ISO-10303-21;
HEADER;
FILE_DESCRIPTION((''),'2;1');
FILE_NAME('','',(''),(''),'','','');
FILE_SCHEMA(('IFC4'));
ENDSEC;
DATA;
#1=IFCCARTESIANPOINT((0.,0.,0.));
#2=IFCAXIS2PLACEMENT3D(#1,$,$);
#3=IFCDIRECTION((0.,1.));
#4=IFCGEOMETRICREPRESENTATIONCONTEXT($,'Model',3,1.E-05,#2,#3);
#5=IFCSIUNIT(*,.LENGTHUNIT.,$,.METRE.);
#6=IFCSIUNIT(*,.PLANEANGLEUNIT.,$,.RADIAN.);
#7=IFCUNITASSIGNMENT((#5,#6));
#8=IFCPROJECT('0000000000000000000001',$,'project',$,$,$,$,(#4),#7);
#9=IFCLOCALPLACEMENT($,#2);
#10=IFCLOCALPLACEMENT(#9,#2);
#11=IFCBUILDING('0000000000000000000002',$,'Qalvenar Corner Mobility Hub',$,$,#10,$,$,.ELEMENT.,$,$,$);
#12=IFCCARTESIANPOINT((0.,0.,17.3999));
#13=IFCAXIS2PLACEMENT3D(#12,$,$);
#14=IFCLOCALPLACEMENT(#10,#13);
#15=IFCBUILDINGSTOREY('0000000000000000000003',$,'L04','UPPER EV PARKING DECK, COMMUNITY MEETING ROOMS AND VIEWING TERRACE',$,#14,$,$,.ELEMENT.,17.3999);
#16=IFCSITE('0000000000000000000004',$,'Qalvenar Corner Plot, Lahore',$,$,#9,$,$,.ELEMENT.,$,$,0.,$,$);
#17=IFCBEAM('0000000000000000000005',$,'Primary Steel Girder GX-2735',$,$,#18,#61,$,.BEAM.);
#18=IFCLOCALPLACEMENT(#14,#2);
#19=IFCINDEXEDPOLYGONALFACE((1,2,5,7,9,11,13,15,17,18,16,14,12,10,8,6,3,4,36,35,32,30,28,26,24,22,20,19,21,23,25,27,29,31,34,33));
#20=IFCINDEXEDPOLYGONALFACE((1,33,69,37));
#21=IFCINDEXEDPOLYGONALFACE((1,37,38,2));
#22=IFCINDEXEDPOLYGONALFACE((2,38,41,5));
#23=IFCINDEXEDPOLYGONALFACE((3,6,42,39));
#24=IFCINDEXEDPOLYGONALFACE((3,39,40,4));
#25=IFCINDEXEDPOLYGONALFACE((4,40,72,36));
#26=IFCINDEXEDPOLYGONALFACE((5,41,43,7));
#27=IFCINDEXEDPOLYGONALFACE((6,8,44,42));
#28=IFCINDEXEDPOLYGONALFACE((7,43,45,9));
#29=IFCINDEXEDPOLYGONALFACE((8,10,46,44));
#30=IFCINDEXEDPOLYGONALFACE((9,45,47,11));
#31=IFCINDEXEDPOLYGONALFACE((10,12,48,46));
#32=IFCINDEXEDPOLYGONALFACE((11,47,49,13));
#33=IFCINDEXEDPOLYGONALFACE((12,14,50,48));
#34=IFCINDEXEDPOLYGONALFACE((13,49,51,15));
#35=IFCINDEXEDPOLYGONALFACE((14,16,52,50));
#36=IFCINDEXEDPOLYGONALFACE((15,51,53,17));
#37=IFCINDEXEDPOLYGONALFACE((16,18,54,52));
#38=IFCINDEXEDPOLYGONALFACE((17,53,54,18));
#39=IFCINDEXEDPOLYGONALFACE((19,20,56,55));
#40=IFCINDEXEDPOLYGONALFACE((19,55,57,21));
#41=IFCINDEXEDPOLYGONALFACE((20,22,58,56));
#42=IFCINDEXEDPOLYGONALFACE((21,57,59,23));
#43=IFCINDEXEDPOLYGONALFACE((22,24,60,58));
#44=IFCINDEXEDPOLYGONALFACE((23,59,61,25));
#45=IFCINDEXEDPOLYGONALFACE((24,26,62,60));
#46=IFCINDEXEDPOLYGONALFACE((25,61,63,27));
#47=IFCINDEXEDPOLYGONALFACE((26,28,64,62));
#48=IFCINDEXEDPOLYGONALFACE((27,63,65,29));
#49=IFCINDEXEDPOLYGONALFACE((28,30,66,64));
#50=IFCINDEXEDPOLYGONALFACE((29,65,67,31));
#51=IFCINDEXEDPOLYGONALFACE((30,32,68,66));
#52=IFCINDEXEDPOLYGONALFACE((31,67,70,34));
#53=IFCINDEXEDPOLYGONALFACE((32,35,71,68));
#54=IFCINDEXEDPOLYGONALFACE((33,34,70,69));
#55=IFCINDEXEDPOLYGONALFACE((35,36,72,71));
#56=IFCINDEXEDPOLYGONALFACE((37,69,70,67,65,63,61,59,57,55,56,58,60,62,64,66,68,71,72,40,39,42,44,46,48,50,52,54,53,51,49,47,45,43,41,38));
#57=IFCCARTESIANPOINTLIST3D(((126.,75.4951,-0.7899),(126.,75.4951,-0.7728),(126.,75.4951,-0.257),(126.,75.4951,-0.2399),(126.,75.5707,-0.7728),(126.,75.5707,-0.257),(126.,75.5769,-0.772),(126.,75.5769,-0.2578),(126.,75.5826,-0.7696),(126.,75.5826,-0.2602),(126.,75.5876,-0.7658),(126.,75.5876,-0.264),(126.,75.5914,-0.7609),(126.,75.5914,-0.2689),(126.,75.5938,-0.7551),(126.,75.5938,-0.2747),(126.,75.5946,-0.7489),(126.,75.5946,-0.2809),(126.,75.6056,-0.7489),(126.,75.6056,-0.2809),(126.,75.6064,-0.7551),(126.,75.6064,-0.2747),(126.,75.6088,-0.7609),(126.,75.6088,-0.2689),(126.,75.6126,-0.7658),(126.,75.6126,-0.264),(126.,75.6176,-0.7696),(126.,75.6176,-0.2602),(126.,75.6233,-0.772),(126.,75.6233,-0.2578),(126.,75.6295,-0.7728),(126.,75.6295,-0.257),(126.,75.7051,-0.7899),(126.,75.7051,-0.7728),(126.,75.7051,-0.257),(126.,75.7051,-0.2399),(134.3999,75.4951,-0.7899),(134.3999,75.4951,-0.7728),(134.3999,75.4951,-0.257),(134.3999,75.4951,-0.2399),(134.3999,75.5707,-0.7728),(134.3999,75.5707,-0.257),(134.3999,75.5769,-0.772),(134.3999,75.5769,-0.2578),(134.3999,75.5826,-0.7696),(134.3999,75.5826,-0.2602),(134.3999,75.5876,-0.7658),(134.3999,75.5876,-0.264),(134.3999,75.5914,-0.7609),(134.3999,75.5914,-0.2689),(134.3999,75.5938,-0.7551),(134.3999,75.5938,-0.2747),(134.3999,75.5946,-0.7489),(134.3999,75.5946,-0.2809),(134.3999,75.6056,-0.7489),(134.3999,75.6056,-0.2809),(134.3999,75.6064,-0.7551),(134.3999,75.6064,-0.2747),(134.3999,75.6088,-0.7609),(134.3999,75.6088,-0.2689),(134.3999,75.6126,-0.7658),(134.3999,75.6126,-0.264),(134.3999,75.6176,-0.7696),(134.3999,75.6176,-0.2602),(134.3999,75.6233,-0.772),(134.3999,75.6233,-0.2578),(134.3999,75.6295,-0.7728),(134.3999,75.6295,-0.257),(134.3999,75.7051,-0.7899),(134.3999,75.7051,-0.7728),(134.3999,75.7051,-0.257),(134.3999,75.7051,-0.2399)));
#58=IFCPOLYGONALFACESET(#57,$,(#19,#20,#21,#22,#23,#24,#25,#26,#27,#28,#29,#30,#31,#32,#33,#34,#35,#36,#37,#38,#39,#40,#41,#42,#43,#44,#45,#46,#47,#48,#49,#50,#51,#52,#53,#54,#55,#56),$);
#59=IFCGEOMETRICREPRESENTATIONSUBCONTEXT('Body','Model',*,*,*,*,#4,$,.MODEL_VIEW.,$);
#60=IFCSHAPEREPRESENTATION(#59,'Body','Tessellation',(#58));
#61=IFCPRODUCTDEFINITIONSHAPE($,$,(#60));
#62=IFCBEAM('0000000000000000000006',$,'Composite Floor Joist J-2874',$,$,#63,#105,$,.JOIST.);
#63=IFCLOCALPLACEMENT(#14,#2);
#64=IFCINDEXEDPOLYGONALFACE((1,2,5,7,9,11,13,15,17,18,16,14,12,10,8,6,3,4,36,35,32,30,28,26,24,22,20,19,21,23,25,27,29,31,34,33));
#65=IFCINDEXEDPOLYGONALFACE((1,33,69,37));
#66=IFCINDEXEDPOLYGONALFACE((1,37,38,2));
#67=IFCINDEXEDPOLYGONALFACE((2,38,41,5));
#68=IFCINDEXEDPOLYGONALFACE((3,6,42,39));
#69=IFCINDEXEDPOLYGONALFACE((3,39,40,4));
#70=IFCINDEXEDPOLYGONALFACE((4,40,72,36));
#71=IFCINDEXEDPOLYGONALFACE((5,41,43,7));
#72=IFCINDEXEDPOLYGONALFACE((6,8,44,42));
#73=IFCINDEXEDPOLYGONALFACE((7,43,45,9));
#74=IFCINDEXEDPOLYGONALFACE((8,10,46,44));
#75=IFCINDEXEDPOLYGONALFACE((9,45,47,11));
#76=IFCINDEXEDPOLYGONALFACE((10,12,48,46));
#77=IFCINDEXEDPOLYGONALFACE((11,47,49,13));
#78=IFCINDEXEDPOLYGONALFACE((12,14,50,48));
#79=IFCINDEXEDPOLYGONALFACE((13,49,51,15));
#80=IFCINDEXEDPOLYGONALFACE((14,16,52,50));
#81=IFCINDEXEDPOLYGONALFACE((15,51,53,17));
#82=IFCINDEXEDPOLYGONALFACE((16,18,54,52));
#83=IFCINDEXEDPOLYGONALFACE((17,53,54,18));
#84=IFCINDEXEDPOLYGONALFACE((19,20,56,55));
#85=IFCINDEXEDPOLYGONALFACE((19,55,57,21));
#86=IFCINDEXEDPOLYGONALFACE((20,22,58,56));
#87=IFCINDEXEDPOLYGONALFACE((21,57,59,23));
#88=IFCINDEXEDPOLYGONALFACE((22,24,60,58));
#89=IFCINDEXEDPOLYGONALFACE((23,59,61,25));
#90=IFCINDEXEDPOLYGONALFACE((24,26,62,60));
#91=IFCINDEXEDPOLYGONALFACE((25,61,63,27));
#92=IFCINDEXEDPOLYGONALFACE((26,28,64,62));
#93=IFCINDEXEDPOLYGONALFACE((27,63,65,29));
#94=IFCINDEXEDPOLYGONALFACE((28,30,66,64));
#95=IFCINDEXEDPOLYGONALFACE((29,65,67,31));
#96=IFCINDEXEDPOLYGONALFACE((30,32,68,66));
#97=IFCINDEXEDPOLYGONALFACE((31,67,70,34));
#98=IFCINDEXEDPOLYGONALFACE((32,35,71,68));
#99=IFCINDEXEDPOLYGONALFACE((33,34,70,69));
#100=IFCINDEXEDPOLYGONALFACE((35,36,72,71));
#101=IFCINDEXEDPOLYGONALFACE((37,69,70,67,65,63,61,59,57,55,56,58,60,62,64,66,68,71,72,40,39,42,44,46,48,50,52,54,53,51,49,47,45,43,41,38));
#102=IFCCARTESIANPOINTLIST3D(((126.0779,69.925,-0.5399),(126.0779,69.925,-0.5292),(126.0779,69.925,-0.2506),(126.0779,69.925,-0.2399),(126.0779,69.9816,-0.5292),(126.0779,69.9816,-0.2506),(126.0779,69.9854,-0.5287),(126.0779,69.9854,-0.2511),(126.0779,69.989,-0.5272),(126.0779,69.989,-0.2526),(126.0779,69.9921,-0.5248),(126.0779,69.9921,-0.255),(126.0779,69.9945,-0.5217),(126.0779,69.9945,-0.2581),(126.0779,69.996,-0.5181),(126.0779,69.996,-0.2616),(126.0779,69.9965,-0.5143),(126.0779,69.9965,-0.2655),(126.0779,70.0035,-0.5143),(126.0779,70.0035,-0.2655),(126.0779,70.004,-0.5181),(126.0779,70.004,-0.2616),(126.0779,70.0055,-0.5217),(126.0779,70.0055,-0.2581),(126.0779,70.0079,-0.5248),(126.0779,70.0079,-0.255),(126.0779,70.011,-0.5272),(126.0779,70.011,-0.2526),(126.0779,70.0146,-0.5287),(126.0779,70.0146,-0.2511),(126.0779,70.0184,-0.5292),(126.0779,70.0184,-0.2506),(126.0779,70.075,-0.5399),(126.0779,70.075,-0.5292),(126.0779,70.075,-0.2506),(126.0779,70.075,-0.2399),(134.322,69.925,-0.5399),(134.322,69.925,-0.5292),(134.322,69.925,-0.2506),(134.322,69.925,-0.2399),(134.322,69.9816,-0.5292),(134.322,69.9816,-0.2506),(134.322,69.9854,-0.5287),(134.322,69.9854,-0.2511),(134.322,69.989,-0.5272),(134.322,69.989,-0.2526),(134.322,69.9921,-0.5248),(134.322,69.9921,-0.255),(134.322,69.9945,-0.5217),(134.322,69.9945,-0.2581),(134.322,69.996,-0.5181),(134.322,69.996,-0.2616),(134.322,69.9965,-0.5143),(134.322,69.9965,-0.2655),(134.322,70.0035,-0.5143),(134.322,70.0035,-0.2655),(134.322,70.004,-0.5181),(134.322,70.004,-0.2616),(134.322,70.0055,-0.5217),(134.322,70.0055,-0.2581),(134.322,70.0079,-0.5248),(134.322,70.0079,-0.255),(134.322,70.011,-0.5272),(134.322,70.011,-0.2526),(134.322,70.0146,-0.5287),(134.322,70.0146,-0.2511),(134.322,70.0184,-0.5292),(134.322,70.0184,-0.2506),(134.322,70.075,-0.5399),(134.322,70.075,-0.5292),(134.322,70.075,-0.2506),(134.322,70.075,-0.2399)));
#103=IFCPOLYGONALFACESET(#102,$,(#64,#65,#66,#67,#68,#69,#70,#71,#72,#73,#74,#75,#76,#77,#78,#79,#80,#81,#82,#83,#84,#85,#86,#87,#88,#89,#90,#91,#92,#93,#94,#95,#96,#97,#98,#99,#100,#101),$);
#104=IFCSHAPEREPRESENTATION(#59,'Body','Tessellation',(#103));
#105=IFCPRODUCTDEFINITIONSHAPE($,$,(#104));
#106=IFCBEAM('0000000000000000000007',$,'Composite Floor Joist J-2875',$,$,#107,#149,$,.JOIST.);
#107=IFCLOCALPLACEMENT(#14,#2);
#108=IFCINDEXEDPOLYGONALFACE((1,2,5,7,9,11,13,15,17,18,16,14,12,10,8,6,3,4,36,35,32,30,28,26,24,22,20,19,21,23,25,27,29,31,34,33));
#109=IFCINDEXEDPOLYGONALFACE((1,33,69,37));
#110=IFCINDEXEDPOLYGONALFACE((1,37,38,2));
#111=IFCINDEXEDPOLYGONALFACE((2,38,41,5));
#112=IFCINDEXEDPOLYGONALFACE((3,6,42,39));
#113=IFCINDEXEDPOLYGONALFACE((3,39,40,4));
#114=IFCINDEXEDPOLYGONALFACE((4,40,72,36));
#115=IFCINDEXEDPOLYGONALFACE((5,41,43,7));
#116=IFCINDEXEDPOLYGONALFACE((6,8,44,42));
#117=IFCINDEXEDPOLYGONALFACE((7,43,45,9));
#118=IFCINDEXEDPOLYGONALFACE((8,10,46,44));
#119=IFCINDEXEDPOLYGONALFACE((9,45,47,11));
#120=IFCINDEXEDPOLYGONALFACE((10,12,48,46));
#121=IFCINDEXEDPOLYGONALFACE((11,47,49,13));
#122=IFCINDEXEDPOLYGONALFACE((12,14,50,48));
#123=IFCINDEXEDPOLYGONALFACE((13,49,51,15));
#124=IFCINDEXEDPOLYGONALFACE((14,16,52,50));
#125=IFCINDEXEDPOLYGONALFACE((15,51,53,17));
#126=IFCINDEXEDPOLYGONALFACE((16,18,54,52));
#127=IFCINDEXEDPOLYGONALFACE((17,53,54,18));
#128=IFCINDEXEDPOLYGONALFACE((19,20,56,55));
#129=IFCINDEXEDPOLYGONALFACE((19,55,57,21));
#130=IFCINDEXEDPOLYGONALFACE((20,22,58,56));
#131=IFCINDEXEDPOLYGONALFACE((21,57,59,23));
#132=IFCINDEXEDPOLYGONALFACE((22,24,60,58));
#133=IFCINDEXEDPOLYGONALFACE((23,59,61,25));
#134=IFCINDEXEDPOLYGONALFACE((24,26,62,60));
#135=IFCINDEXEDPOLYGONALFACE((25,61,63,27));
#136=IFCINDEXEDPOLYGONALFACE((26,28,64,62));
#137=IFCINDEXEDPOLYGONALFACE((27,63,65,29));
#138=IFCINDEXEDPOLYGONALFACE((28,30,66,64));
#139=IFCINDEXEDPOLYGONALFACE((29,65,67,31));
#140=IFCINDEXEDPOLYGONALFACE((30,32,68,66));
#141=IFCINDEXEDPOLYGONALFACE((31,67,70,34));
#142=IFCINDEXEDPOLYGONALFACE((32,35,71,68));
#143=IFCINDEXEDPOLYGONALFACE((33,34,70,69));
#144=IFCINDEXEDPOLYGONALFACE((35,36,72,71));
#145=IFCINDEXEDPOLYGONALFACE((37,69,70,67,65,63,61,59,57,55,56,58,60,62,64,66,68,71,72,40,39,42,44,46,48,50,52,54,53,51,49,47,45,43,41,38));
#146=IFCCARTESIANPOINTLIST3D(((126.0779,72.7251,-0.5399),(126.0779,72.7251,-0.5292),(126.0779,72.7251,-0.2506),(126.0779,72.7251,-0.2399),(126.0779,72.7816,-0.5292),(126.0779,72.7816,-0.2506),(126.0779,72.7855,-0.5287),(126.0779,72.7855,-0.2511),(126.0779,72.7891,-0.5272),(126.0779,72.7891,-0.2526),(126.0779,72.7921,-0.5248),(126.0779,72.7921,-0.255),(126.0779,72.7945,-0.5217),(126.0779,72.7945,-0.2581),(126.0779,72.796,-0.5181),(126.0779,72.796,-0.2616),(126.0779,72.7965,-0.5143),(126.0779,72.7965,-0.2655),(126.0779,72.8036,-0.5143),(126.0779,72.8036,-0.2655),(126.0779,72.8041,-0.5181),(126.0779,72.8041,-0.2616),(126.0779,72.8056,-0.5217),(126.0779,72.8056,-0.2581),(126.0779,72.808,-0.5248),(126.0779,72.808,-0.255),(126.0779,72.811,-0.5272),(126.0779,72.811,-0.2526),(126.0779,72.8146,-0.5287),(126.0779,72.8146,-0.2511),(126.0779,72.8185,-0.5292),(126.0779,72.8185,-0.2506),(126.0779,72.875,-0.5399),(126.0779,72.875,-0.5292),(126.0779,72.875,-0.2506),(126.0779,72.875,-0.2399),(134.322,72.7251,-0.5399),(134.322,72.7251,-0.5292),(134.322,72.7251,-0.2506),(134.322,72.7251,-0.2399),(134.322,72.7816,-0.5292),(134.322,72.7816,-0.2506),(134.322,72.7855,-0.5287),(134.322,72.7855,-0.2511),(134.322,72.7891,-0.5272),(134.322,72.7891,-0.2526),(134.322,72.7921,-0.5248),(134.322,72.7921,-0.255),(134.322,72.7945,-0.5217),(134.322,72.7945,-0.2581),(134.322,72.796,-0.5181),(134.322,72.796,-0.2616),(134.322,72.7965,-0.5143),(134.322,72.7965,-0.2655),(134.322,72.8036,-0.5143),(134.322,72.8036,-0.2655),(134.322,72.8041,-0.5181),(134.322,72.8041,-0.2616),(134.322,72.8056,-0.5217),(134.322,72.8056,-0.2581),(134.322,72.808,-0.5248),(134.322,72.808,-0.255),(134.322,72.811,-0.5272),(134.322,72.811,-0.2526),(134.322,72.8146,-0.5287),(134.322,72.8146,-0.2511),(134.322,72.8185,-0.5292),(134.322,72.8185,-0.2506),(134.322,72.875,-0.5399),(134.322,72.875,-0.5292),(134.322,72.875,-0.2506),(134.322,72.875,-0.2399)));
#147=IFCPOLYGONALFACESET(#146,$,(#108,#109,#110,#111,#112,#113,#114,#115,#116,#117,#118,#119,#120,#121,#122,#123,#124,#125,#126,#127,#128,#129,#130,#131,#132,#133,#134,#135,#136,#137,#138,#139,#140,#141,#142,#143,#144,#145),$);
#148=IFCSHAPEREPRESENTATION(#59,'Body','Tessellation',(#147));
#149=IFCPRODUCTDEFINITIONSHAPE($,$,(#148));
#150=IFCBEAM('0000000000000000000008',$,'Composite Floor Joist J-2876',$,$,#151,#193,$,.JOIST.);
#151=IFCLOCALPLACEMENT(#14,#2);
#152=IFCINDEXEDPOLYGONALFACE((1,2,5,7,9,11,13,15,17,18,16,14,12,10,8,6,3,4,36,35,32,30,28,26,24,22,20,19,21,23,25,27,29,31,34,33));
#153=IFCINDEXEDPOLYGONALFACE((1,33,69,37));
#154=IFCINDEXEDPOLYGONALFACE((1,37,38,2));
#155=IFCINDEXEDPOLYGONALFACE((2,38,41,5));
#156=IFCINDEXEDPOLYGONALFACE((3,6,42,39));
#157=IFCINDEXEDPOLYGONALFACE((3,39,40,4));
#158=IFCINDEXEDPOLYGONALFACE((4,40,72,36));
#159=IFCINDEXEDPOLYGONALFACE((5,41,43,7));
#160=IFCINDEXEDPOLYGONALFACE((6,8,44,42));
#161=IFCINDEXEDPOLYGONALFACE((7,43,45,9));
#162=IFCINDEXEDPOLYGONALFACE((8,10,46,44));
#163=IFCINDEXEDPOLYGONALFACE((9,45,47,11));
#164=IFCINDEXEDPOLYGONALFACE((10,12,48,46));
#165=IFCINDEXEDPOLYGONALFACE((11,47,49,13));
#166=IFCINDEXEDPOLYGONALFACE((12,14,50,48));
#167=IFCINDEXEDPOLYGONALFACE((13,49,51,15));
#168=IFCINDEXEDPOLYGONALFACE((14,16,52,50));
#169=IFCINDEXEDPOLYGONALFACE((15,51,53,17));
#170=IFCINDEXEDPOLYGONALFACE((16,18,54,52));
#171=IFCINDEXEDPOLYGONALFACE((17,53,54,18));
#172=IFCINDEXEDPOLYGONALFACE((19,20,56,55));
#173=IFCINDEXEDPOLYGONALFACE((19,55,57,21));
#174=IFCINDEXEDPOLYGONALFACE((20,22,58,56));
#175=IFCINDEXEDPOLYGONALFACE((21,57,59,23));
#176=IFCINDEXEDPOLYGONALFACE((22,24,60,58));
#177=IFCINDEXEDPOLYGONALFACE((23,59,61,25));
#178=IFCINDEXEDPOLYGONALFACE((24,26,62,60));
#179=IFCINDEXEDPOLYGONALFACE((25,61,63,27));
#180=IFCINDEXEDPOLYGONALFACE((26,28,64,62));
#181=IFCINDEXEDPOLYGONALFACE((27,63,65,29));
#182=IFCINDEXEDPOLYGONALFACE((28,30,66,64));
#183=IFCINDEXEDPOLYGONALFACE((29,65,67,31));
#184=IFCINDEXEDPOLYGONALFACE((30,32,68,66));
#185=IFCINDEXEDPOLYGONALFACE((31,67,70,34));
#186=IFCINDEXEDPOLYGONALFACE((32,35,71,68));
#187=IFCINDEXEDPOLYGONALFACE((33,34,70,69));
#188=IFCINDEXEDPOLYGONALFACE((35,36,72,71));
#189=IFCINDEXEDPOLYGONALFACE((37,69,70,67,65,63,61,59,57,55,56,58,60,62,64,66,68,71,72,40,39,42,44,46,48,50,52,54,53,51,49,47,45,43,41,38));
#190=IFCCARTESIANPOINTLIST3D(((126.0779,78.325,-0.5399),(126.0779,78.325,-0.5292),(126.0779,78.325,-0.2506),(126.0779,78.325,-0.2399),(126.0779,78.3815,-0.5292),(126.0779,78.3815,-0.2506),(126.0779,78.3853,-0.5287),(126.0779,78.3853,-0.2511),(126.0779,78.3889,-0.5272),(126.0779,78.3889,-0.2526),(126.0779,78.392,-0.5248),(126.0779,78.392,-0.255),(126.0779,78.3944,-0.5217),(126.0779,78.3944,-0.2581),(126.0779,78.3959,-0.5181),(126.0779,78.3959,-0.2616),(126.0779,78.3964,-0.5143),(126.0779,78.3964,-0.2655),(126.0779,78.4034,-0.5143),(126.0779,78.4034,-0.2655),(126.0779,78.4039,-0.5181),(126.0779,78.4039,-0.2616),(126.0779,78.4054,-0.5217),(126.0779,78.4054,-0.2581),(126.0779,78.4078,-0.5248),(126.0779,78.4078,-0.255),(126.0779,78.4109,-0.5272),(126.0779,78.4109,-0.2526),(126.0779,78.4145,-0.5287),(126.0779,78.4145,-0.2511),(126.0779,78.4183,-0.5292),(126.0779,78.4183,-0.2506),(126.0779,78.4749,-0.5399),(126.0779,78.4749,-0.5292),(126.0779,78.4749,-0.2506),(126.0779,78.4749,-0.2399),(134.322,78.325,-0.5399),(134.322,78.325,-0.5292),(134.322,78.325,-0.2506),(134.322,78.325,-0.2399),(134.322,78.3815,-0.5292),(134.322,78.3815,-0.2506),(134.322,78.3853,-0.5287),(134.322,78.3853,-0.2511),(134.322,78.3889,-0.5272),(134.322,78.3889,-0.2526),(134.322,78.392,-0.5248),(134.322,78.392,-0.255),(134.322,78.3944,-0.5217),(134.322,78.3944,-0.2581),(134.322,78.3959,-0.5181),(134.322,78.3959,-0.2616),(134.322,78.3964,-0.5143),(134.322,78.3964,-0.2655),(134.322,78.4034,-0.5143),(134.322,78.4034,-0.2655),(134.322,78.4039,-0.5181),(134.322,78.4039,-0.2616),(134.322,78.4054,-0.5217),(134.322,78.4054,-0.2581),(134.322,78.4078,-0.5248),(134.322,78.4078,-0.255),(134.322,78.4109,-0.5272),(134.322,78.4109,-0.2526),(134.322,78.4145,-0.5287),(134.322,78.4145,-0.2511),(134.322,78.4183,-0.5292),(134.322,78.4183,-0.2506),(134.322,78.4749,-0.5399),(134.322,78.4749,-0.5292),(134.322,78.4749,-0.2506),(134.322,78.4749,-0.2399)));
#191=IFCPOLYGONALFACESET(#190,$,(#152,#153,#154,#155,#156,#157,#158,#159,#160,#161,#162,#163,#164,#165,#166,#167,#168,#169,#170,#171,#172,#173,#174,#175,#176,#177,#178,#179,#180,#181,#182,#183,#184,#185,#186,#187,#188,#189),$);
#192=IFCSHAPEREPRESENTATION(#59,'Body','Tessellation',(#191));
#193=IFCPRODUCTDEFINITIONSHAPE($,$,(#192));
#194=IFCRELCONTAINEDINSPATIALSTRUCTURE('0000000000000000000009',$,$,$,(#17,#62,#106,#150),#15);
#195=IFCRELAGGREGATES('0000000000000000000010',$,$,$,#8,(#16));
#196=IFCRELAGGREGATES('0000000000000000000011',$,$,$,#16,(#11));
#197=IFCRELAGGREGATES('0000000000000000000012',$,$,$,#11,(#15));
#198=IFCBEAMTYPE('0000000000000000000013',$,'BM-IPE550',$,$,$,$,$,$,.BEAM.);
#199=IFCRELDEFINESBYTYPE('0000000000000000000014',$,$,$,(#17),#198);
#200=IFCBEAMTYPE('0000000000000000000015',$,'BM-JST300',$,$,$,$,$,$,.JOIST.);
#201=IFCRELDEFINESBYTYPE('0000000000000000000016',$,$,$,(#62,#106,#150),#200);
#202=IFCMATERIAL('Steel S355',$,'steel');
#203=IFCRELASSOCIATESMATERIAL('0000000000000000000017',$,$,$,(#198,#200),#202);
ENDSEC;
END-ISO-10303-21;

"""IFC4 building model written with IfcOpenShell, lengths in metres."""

from ifc_helpers import new_model, si_unit, direction, frame, origin, origin_2d, place, context, subcontext, project, spatial, i_section, extrude, material, material_profile, profile_set, type_object, element, save


model = new_model("IFC4")

# Units and contexts
model_context = context("Model", 3, precision=1e-05, world=origin(), true_north=direction((0.0, 1.0)))
body_context = subcontext(model_context, "Body", "Model", "MODEL_VIEW")
ifc_project = project(units=[si_unit("LENGTHUNIT", "METRE"), si_unit("PLANEANGLEUNIT", "RADIAN")], contexts=[model_context])

# Site, building, storey
site_placement = place(None, origin())
site = spatial("IfcSite", under=ifc_project, at=site_placement, Name="Qalvenar Corner Plot, Lahore", CompositionType="ELEMENT", RefElevation=0.0)
building_placement = place(site_placement, origin())
building = spatial("IfcBuilding", under=site, at=building_placement, Name="Qalvenar Corner Mobility Hub", CompositionType="ELEMENT")
storey_placement = place(building_placement, frame((0.0, 0.0, 17.3999)))
storey = spatial("IfcBuildingStorey", under=building, at=storey_placement, Name="L04", Description="UPPER EV PARKING DECK, COMMUNITY MEETING ROOMS AND VIEWING TERRACE", CompositionType="ELEMENT", Elevation=17.3999)

# Shared definitions
ifc_material = material(Name="Steel S355", Category="steel")

# Beams
ifc_material_profile_1 = material_profile(ifc_material, i_section(OverallWidth=0.21, OverallDepth=0.55, WebThickness=0.011, FlangeThickness=0.0171, FilletRadius=0.0239, at=origin_2d()), Name="IPE550")
ifc_profile_set_1 = profile_set([ifc_material_profile_1], Name="Steel S355")
beam_type_1 = type_object("IfcBeamType", Name="BM-IPE550", PredefinedType="BEAM", material=ifc_profile_set_1)
beam_1_placement = place(storey_placement, frame((126.0, 75.6001, -0.5149), z_axis=(1.0, 0.0, 0.0), x_axis=(0.0, 1.0, 0.0)))
element("IfcBeam", 1, at=beam_1_placement, inside=storey, type_object=beam_type_1, Name="Primary Steel Girder GX-2735", PredefinedType="BEAM", context=body_context, shape_type="SweptSolid", body=[
    extrude(i_section(OverallWidth=0.21, OverallDepth=0.55, WebThickness=0.011, FlangeThickness=0.0171, FilletRadius=0.0239, at=origin_2d()), origin(), (0.0, 0.0, 1.0), 8.3999),
])
ifc_material_profile_2 = material_profile(ifc_material, i_section(OverallWidth=0.1499, OverallDepth=0.3, WebThickness=0.0071, FlangeThickness=0.0107, FilletRadius=0.0149, at=origin_2d()), Name="IPE300")
ifc_profile_set_2 = profile_set([ifc_material_profile_2], Name="Steel S355")
beam_type_2 = type_object("IfcBeamType", Name="BM-JST300", PredefinedType="JOIST", material=ifc_profile_set_2)
for number, where, z_axis, x_axis, name in (
    (2, (126.0779, 70.0, -0.3899), (1.0, 0.0, 0.0), (0.0, 1.0, 0.0), "Composite Floor Joist J-2874"),
    (3, (126.0779, 72.8, -0.3899), (1.0, 0.0, 0.0), (0.0, 1.0, 0.0), "Composite Floor Joist J-2875"),
    (4, (126.0779, 78.3999, -0.3899), (1.0, 0.0, 0.0), (0.0, 1.0, 0.0), "Composite Floor Joist J-2876"),
):
    element("IfcBeam", number, at=place(storey_placement, frame(where, z_axis=z_axis, x_axis=x_axis)), inside=storey, type_object=beam_type_2, Name=name, PredefinedType="JOIST", context=body_context, shape_type="SweptSolid", body=[
        extrude(i_section(OverallWidth=0.1499, OverallDepth=0.3, WebThickness=0.0071, FlangeThickness=0.0107, FilletRadius=0.0149, at=origin_2d()), origin(), (0.0, 0.0, 1.0), 8.2441),
    ])

save(model, "model.ifc")
